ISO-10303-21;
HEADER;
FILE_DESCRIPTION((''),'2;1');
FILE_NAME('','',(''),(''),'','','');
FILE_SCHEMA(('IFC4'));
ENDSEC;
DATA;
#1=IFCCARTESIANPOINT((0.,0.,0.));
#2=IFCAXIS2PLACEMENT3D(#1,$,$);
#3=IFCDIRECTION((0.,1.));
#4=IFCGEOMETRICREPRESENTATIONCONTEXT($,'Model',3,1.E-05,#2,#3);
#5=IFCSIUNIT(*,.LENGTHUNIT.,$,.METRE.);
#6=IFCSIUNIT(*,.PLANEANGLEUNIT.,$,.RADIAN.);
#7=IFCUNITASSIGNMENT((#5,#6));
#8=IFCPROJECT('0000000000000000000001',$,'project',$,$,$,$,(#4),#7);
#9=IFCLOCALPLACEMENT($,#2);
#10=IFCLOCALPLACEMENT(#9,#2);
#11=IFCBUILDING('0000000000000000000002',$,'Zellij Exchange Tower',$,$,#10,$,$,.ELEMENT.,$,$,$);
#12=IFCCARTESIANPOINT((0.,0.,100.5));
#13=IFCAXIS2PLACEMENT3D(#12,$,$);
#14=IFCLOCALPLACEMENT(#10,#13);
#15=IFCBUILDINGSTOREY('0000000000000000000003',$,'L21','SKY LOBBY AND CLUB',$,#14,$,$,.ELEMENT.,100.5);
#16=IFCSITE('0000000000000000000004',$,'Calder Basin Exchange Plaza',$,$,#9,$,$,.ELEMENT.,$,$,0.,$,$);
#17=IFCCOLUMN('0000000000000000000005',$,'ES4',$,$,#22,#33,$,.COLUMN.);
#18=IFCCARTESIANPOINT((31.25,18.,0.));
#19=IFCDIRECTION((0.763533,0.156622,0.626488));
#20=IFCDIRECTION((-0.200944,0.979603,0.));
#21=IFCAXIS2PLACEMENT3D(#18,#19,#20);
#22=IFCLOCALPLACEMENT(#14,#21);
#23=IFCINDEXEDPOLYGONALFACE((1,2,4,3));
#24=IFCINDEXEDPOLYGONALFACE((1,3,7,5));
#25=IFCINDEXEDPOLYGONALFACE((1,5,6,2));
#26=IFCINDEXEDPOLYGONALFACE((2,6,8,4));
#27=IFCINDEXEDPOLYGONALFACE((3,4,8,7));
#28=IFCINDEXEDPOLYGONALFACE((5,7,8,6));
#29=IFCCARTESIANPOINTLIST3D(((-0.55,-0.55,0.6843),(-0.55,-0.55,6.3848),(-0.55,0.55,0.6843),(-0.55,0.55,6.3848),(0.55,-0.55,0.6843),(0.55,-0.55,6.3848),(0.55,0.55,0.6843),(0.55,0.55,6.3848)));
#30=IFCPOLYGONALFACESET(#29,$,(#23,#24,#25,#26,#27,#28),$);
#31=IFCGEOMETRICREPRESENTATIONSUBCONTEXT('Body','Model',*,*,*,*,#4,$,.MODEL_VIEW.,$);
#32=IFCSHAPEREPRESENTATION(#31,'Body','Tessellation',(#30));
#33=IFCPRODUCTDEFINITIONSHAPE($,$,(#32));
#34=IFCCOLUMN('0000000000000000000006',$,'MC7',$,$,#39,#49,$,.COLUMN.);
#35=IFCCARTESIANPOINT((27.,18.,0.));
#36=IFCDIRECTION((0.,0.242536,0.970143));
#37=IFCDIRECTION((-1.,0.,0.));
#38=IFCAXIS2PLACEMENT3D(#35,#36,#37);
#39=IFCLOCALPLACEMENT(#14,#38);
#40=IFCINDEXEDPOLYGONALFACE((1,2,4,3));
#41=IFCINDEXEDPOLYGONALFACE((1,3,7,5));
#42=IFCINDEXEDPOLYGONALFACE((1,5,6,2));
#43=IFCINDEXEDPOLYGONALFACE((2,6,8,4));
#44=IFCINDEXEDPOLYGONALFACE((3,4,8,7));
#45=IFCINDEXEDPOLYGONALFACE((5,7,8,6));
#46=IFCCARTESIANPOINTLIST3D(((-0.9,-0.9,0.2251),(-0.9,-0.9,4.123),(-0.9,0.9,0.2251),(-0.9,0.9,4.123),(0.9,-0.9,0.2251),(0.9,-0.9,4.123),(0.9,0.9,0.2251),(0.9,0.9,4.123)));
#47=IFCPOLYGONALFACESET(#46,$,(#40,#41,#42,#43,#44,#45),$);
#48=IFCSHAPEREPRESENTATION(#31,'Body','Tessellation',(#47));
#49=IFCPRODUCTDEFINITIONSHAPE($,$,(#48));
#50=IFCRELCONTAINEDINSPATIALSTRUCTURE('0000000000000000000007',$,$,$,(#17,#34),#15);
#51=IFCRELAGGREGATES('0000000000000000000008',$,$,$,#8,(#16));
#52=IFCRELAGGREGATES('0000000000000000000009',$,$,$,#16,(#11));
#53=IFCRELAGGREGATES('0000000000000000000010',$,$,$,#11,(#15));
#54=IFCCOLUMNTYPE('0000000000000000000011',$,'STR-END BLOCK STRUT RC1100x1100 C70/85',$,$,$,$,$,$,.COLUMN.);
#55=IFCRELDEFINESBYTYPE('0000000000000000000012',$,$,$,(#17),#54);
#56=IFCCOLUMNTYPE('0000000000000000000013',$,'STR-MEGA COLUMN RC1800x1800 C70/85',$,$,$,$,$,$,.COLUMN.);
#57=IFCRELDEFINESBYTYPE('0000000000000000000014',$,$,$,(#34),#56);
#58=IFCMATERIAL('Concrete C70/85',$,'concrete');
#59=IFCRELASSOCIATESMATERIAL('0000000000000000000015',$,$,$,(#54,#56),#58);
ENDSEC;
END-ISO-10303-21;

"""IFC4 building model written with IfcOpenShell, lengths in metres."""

from ifc_helpers import new_model, si_unit, direction, frame, origin, origin_2d, place, context, subcontext, project, spatial, rectangle, extrude, clip, halfspace, material, material_profile, profile_set, type_object, element, save


model = new_model("IFC4")

# Units and contexts
model_context = context("Model", 3, precision=1e-05, world=origin(), true_north=direction((0.0, 1.0)))
body_context = subcontext(model_context, "Body", "Model", "MODEL_VIEW")
ifc_project = project(units=[si_unit("LENGTHUNIT", "METRE"), si_unit("PLANEANGLEUNIT", "RADIAN")], contexts=[model_context])

# Site, building, storey
site_placement = place(None, origin())
site = spatial("IfcSite", under=ifc_project, at=site_placement, Name="Calder Basin Exchange Plaza", CompositionType="ELEMENT", RefElevation=0.0)
building_placement = place(site_placement, origin())
building = spatial("IfcBuilding", under=site, at=building_placement, Name="Zellij Exchange Tower", CompositionType="ELEMENT")
storey_placement = place(building_placement, frame((0.0, 0.0, 100.5)))
storey = spatial("IfcBuildingStorey", under=building, at=storey_placement, Name="L21", Description="SKY LOBBY AND CLUB", CompositionType="ELEMENT", Elevation=100.5)

# Columns
ifc_material_1 = material(Name="Concrete C70/85", Category="concrete")
ifc_material_profile_1 = material_profile(ifc_material_1, rectangle(XDim=1.1001, YDim=1.1001, at=origin_2d()), Name="STR-END BLOCK STRUT RC1100x1100 C70/85")
ifc_profile_set_1 = profile_set([ifc_material_profile_1], Name="Concrete C70/85")
column_type_1 = type_object("IfcColumnType", Name="STR-END BLOCK STRUT RC1100x1100 C70/85", PredefinedType="COLUMN", material=ifc_profile_set_1)
column_1_placement = place(storey_placement, frame((31.25, 18.0, 0.0), z_axis=(0.763533, 0.156622, 0.626488), x_axis=(-0.200944, 0.979603, 0.0)))
element("IfcColumn", 1, at=column_1_placement, inside=storey, type_object=column_type_1, Name="ES4", PredefinedType="COLUMN", context=body_context, shape_type="Clipping", body=[
    clip(extrude(rectangle(XDim=1.1001, YDim=1.1001, at=origin_2d()), origin(), (0.0, 0.0, 1.0), 6.3848), halfspace(frame((0.0, 0.0, 0.6843)), True)),
])
ifc_material_profile_2 = material_profile(ifc_material_1, rectangle(XDim=1.8, YDim=1.8, at=origin_2d()), Name="STR-MEGA COLUMN RC1800x1800 C70/85")
ifc_profile_set_2 = profile_set([ifc_material_profile_2], Name="Concrete C70/85")
column_type_2 = type_object("IfcColumnType", Name="STR-MEGA COLUMN RC1800x1800 C70/85", PredefinedType="COLUMN", material=ifc_profile_set_2)
column_2_placement = place(storey_placement, frame((27.0, 18.0, 0.0), z_axis=(0.0, 0.242536, 0.970143), x_axis=(-1.0, 0.0, 0.0)))
element("IfcColumn", 2, at=column_2_placement, inside=storey, type_object=column_type_2, Name="MC7", PredefinedType="COLUMN", context=body_context, shape_type="Clipping", body=[
    clip(extrude(rectangle(XDim=1.8, YDim=1.8, at=origin_2d()), origin(), (0.0, 0.0, 1.0), 4.123), halfspace(frame((0.0, 0.0, 0.2251)), True)),
])

save(model, "model.ifc")
